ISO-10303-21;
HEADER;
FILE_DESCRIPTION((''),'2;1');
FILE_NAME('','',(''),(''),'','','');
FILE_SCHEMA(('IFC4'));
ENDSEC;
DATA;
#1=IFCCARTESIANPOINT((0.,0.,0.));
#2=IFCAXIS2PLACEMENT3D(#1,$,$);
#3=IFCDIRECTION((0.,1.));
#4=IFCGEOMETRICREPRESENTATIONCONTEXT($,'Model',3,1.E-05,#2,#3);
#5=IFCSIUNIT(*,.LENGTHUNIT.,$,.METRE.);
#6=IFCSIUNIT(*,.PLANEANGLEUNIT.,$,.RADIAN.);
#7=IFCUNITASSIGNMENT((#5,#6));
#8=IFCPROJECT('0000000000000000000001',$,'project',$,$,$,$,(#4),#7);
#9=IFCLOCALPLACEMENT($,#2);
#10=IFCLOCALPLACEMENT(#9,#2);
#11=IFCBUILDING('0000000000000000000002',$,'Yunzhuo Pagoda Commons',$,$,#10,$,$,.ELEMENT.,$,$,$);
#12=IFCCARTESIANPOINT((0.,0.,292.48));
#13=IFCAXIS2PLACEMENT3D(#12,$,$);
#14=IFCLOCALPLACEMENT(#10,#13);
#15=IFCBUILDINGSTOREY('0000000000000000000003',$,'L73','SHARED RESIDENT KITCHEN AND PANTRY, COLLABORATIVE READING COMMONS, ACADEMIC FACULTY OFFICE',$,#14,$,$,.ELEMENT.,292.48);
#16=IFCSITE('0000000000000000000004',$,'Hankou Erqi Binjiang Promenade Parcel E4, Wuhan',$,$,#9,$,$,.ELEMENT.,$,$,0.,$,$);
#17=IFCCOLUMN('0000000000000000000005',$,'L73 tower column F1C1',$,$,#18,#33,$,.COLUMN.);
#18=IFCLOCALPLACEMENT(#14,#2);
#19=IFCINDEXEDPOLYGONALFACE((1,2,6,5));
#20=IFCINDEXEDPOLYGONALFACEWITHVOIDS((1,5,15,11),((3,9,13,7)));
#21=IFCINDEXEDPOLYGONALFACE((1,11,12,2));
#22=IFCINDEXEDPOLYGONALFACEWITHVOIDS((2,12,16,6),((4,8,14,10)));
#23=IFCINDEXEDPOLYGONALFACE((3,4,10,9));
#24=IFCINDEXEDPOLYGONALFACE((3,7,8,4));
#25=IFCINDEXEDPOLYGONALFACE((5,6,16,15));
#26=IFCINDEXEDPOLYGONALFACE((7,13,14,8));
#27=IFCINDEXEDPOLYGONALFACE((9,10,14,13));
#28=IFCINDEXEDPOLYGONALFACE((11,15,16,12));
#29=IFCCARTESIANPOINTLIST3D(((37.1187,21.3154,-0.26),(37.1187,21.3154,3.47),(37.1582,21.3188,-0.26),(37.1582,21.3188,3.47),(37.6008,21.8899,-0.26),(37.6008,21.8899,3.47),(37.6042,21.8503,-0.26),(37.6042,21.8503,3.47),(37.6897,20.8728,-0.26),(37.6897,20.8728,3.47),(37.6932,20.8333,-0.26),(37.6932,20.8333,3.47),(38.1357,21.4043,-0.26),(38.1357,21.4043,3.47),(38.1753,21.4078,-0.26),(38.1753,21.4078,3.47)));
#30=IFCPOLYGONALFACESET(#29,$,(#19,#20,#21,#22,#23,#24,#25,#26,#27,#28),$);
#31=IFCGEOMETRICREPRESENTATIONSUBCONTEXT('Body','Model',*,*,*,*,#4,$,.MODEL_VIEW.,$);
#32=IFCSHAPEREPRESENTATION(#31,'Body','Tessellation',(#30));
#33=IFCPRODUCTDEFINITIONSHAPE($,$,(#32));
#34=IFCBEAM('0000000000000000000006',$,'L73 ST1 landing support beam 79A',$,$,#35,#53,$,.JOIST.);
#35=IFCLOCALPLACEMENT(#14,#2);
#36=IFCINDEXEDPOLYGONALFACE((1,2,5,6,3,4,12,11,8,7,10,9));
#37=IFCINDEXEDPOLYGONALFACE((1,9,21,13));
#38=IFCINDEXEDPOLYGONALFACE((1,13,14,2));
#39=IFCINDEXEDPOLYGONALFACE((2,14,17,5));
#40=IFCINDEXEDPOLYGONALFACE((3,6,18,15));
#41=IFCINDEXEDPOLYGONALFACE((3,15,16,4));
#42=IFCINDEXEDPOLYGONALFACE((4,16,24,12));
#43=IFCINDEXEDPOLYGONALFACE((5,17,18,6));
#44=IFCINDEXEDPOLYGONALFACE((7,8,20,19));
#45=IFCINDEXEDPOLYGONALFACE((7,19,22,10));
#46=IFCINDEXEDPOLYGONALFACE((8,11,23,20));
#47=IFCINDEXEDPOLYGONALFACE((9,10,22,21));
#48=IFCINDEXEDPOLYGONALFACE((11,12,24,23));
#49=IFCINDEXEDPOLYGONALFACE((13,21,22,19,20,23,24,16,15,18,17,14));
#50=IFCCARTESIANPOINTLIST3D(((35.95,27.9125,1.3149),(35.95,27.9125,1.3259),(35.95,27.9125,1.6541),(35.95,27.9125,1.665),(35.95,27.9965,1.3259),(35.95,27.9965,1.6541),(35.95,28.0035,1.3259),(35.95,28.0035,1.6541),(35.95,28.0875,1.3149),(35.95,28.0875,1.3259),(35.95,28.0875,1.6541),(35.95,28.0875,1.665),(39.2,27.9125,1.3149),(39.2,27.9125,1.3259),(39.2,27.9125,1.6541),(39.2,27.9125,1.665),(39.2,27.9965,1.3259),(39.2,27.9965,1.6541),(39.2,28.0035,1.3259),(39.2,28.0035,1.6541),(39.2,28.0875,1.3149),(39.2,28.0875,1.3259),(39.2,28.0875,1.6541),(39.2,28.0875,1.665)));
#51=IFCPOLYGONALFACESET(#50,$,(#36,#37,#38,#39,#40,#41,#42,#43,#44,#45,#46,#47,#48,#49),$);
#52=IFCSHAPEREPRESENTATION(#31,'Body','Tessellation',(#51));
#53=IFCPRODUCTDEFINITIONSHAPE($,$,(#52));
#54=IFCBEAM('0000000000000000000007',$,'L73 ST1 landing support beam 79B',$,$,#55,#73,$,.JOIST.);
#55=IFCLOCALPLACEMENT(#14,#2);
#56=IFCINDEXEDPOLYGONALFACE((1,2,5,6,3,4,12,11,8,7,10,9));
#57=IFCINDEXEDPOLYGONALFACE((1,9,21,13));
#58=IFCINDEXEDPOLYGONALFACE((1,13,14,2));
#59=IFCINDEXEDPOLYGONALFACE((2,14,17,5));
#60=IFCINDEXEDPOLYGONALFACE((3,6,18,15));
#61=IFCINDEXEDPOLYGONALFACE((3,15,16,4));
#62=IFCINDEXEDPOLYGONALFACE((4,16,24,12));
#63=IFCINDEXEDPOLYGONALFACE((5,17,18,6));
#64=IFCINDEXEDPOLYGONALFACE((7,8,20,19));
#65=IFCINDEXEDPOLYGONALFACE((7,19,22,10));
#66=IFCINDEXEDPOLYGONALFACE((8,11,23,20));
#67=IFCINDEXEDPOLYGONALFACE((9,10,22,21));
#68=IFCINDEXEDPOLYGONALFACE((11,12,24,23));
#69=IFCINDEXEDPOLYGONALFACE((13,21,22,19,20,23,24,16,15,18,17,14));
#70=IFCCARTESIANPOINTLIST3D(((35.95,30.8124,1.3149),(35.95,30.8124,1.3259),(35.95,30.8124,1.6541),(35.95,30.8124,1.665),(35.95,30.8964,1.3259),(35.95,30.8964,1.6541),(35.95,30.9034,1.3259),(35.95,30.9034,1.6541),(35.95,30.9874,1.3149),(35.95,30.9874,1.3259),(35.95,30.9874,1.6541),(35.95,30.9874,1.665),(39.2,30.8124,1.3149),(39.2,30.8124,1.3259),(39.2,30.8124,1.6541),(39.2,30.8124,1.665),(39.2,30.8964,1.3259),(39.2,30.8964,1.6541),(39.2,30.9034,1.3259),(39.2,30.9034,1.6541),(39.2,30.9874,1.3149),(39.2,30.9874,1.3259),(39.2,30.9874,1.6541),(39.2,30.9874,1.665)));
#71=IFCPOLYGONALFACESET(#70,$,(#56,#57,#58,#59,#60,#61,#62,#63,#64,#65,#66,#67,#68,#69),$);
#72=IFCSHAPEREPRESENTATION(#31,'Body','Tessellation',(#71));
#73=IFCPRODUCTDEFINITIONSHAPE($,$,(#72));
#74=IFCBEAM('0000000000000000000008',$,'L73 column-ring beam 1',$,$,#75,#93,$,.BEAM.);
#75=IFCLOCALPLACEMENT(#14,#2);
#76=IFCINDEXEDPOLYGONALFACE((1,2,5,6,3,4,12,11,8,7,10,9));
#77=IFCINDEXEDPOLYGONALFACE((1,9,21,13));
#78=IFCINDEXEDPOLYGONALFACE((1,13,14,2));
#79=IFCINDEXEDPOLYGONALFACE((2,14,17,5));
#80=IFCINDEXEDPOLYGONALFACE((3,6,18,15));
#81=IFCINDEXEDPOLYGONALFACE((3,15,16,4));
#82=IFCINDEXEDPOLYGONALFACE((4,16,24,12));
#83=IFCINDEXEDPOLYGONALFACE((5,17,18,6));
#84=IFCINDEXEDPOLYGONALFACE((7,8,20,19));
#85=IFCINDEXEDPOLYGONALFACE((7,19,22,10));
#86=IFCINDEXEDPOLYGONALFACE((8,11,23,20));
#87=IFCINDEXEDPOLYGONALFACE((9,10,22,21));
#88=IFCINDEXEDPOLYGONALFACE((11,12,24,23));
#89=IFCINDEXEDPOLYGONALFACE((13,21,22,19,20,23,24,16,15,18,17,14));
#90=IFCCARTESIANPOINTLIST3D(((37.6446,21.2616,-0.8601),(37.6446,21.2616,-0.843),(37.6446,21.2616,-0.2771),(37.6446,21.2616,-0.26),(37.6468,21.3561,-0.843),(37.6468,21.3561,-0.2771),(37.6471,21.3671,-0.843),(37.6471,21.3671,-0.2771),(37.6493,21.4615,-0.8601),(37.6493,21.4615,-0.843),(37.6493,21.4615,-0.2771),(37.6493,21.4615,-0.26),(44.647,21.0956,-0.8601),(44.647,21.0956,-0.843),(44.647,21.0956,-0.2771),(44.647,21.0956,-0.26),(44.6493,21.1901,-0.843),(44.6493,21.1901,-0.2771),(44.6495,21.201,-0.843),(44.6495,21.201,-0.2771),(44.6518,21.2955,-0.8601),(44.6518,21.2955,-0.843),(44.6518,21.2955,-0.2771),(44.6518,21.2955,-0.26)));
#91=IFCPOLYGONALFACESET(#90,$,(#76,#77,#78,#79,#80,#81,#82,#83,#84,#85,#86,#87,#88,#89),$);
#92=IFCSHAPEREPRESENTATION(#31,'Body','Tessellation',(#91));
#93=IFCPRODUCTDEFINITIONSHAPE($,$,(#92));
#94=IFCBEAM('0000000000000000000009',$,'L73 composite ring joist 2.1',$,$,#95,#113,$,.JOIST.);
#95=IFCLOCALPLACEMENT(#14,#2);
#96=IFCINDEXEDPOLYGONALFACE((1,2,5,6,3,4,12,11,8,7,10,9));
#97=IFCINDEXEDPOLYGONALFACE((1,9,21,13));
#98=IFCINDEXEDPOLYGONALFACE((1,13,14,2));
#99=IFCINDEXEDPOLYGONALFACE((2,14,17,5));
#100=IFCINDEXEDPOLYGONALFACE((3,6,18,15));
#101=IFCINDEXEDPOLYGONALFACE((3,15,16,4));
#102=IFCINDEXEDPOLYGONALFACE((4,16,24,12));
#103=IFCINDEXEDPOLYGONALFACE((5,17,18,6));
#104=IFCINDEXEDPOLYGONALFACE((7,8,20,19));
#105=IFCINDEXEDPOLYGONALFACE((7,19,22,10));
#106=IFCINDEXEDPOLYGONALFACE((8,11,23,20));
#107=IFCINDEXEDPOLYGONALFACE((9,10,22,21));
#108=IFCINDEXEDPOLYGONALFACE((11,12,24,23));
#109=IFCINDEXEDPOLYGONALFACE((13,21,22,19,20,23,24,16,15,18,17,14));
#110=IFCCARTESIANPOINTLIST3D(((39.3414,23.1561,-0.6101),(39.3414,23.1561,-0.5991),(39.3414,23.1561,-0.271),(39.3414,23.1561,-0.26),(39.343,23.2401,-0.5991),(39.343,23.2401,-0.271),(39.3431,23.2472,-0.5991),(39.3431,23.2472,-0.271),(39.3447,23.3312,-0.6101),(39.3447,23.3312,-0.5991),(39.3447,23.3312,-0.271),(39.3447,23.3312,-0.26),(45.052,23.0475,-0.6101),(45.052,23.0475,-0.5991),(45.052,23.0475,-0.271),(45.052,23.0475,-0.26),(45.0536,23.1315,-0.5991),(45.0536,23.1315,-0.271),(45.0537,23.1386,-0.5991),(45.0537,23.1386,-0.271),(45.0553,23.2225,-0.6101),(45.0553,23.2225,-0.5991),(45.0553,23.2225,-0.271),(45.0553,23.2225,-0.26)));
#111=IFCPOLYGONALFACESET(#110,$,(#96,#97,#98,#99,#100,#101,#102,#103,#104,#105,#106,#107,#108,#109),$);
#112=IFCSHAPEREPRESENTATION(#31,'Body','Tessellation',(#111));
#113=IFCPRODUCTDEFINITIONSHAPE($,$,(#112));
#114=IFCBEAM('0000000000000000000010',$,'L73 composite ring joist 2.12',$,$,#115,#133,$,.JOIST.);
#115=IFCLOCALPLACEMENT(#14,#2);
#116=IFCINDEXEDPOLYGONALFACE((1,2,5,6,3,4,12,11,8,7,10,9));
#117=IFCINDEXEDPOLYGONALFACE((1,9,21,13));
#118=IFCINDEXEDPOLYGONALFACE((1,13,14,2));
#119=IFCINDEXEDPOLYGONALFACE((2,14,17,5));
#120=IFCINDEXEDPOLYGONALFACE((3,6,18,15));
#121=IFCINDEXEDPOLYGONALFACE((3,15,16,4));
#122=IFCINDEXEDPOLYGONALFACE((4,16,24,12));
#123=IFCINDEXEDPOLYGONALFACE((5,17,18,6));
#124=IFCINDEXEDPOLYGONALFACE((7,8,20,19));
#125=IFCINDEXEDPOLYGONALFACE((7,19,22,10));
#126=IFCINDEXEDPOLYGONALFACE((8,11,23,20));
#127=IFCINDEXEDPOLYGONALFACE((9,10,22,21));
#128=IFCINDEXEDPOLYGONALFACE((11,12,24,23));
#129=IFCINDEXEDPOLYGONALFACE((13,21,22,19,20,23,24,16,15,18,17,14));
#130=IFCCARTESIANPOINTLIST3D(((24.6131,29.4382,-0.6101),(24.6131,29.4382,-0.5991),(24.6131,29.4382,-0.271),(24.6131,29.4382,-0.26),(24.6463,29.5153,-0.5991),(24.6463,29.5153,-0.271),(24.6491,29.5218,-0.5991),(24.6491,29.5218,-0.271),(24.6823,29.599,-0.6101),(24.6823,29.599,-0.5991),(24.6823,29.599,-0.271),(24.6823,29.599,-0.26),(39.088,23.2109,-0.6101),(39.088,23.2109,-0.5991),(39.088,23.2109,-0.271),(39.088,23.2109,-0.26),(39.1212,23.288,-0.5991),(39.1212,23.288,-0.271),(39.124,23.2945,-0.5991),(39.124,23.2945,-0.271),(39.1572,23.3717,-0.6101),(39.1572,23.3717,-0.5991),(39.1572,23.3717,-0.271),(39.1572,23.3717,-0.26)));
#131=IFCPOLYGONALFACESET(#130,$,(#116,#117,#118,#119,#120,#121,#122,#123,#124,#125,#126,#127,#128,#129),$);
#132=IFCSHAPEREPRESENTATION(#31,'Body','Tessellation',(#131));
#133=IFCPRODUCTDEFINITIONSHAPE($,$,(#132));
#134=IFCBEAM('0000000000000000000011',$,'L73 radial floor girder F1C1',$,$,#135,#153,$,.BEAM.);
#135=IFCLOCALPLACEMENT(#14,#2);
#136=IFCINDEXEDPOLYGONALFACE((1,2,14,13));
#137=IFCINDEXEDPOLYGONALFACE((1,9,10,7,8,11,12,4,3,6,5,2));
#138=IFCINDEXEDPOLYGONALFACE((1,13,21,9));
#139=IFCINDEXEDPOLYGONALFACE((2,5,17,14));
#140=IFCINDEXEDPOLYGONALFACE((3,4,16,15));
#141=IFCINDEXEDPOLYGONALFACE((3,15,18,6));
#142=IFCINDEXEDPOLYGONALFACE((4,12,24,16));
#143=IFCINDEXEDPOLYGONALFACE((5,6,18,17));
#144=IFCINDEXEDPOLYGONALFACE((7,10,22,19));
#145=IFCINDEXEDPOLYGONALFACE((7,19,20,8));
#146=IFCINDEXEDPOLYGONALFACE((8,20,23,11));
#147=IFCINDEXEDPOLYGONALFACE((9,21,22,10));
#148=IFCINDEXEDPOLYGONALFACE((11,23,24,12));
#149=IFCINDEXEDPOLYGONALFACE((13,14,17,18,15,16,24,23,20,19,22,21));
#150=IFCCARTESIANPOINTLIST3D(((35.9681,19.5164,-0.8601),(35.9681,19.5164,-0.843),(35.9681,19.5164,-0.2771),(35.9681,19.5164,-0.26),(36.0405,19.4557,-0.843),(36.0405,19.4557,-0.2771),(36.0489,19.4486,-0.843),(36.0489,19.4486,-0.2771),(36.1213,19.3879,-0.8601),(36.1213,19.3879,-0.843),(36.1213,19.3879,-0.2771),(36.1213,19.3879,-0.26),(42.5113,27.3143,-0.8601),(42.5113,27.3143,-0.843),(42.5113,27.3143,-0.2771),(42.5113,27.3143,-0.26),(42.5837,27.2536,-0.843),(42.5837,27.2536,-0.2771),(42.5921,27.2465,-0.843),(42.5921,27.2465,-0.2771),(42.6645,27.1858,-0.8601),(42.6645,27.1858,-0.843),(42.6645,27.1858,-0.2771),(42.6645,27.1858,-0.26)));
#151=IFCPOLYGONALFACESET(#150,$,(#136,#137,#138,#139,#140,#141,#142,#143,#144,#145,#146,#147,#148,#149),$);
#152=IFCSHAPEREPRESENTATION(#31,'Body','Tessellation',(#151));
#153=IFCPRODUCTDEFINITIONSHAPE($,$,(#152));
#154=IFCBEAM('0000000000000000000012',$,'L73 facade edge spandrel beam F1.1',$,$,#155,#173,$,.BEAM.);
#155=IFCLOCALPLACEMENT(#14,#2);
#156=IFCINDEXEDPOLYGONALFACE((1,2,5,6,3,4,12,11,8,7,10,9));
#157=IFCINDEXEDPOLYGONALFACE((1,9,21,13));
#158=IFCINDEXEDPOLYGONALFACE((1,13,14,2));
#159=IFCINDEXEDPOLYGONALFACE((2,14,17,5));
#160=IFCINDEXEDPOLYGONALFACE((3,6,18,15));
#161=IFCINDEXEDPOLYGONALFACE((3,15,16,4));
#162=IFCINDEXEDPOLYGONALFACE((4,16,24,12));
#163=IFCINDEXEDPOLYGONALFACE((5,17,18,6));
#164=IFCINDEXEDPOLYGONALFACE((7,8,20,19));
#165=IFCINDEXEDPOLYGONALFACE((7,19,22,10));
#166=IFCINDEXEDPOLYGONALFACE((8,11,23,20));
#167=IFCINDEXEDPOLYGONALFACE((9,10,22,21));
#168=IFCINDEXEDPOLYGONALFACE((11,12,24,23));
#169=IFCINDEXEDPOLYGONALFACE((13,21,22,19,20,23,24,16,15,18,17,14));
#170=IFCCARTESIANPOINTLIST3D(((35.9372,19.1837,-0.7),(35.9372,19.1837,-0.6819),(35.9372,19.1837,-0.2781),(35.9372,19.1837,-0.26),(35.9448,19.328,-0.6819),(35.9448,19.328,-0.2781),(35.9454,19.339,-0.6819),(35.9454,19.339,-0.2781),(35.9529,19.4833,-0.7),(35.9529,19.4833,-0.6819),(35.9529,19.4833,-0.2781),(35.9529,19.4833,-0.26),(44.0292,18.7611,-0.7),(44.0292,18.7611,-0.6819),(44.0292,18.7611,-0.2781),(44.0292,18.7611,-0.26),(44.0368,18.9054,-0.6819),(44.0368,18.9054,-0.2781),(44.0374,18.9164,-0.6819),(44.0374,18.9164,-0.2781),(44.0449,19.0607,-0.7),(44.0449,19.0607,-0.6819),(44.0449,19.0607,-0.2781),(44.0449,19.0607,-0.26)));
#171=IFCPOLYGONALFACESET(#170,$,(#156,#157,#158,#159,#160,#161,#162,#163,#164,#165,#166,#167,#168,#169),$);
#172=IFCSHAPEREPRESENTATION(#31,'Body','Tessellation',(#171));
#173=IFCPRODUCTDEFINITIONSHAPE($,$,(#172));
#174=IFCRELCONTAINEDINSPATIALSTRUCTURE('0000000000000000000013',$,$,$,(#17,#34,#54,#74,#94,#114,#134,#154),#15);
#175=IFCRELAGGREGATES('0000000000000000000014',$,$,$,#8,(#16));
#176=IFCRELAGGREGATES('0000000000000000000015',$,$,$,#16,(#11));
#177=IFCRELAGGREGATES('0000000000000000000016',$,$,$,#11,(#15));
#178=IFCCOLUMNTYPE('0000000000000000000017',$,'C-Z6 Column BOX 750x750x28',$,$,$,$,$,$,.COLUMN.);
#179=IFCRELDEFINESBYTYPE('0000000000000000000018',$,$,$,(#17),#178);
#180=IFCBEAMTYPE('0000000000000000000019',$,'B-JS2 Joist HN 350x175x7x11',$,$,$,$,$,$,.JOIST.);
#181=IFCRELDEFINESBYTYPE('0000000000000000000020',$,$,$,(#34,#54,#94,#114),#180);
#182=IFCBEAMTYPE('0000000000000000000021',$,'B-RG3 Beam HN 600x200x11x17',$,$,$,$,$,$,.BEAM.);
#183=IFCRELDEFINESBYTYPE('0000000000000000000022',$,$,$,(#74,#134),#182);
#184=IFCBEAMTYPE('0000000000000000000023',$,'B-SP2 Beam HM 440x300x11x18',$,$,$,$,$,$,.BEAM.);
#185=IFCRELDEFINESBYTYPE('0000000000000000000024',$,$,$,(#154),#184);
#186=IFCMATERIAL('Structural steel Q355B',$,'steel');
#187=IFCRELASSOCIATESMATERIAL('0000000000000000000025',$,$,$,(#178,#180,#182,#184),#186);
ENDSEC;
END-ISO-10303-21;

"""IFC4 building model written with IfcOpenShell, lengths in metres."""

from ifc_helpers import new_model, si_unit, direction, frame, origin, origin_2d, place, context, subcontext, project, spatial, hollow_rectangle, i_section, extrude, source, transform, mapped, material, material_profile, profile_set, type_object, element, save


model = new_model("IFC4")

# Units and contexts
model_context = context("Model", 3, precision=1e-05, world=origin(), true_north=direction((0.0, 1.0)))
body_context = subcontext(model_context, "Body", "Model", "MODEL_VIEW")
ifc_project = project(units=[si_unit("LENGTHUNIT", "METRE"), si_unit("PLANEANGLEUNIT", "RADIAN")], contexts=[model_context])

# Site, building, storey
site_placement = place(None, origin())
site = spatial("IfcSite", under=ifc_project, at=site_placement, Name="Hankou Erqi Binjiang Promenade Parcel E4, Wuhan", CompositionType="ELEMENT", RefElevation=0.0)
building_placement = place(site_placement, origin())
building = spatial("IfcBuilding", under=site, at=building_placement, Name="Yunzhuo Pagoda Commons", CompositionType="ELEMENT")
storey_placement = place(building_placement, frame((0.0, 0.0, 292.48)))
storey = spatial("IfcBuildingStorey", under=building, at=storey_placement, Name="L73", Description="SHARED RESIDENT KITCHEN AND PANTRY, COLLABORATIVE READING COMMONS, ACADEMIC FACULTY OFFICE", CompositionType="ELEMENT", Elevation=292.48)

# Column
ifc_material_1 = material(Name="Structural steel Q355B", Category="steel")
ifc_material_profile_1 = material_profile(ifc_material_1, hollow_rectangle(XDim=0.75, YDim=0.75, WallThickness=0.0281, at=origin_2d()), Name="Structural steel Q355B")
ifc_profile_set_1 = profile_set([ifc_material_profile_1], Name="Structural steel Q355B")
column_type = type_object("IfcColumnType", Name="C-Z6 Column BOX 750x750x28", PredefinedType="COLUMN", material=ifc_profile_set_1)
shared_shape_1 = source(origin(), body_context, "Body", "SweptSolid", [
    extrude(hollow_rectangle(XDim=0.75, YDim=0.75, WallThickness=0.0281, at=origin_2d()), origin(), (0.0, 0.0, 1.0), 3.73),
])
column_placement = place(storey_placement, frame((37.647, 21.3616, -0.26), z_axis=(0.0, 0.0, 1.0), x_axis=(0.766044, -0.642788, 0.0)))
element("IfcColumn", 1, at=column_placement, inside=storey, type_object=column_type, Name="L73 tower column F1C1", PredefinedType="COLUMN", context=body_context, shape_type="MappedRepresentation", body=[
    mapped(shared_shape_1, transform((0.0, 0.0, 0.0), scale=1.0)),
])

# Beams
ifc_material_profile_2 = material_profile(ifc_material_1, i_section(OverallWidth=0.175, OverallDepth=0.3501, WebThickness=0.0071, FlangeThickness=0.011, at=origin_2d()), Name="Structural steel Q355B")
ifc_profile_set_2 = profile_set([ifc_material_profile_2], Name="Structural steel Q355B")
beam_type_1 = type_object("IfcBeamType", Name="B-JS2 Joist HN 350x175x7x11", PredefinedType="JOIST", material=ifc_profile_set_2)
shared_shape_2 = source(origin(), body_context, "Body", "SweptSolid", [
    extrude(i_section(OverallWidth=0.175, OverallDepth=0.3501, WebThickness=0.0071, FlangeThickness=0.011, at=origin_2d()), origin(), (0.0, 0.0, 1.0), 3.25),
])
for number, where, z_axis, x_axis, name in (
    (2, (35.95, 28.0, 1.49), (1.0, 0.0, 0.0), (0.0, 1.0, 0.0), "L73 ST1 landing support beam 79A"),
    (3, (35.95, 30.8999, 1.49), (1.0, 0.0, 0.0), (0.0, 1.0, 0.0), "L73 ST1 landing support beam 79B"),
):
    element("IfcBeam", number, at=place(storey_placement, frame(where, z_axis=z_axis, x_axis=x_axis)), inside=storey, type_object=beam_type_1, Name=name, PredefinedType="JOIST", context=body_context, shape_type="MappedRepresentation", body=[
        mapped(shared_shape_2, transform((0.0, 0.0, 0.0), scale=1.0)),
    ])
ifc_material_profile_3 = material_profile(ifc_material_1, i_section(OverallWidth=0.2, OverallDepth=0.6001, WebThickness=0.011, FlangeThickness=0.0171, at=origin_2d()), Name="Structural steel Q355B")
ifc_profile_set_3 = profile_set([ifc_material_profile_3], Name="Structural steel Q355B")
beam_type_2 = type_object("IfcBeamType", Name="B-RG3 Beam HN 600x200x11x17", PredefinedType="BEAM", material=ifc_profile_set_3)
shared_shape_3 = source(origin(), body_context, "Body", "SweptSolid", [
    extrude(i_section(OverallWidth=0.2, OverallDepth=0.6001, WebThickness=0.011, FlangeThickness=0.0171, at=origin_2d()), origin(), (0.0, 0.0, 1.0), 7.0044),
])
beam_1_placement = place(storey_placement, frame((37.647, 21.3616, -0.5601), z_axis=(0.999719, -0.023702, 0.0), x_axis=(0.023702, 0.999719, 0.0)))
element("IfcBeam", 4, at=beam_1_placement, inside=storey, type_object=beam_type_2, Name="L73 column-ring beam 1", PredefinedType="BEAM", context=body_context, shape_type="MappedRepresentation", body=[
    mapped(shared_shape_3, transform((0.0, 0.0, 0.0), scale=1.0)),
])
shared_shape_4 = source(origin(), body_context, "Body", "SweptSolid", [
    extrude(i_section(OverallWidth=0.175, OverallDepth=0.3501, WebThickness=0.0071, FlangeThickness=0.011, at=origin_2d()), origin(), (0.0, 0.0, 1.0), 5.7117),
])
beam_2_placement = place(storey_placement, frame((39.343, 23.2437, -0.4351), z_axis=(0.999819, -0.019021, 0.0), x_axis=(0.019021, 0.999819, 0.0)))
element("IfcBeam", 5, at=beam_2_placement, inside=storey, type_object=beam_type_1, Name="L73 composite ring joist 2.1", PredefinedType="JOIST", context=body_context, shape_type="MappedRepresentation", body=[
    mapped(shared_shape_4, transform((0.0, 0.0, 0.0), scale=1.0)),
])
shared_shape_5 = source(origin(), body_context, "Body", "SweptSolid", [
    extrude(i_section(OverallWidth=0.175, OverallDepth=0.3501, WebThickness=0.0071, FlangeThickness=0.011, at=origin_2d()), origin(), (0.0, 0.0, 1.0), 15.7576),
])
beam_3_placement = place(storey_placement, frame((24.6477, 29.5186, -0.4351), z_axis=(0.918598, -0.395194, 0.0), x_axis=(0.395194, 0.918598, 0.0)))
element("IfcBeam", 6, at=beam_3_placement, inside=storey, type_object=beam_type_1, Name="L73 composite ring joist 2.12", PredefinedType="JOIST", context=body_context, shape_type="MappedRepresentation", body=[
    mapped(shared_shape_5, transform((0.0, 0.0, 0.0), scale=1.0)),
])
shared_shape_6 = source(origin(), body_context, "Body", "SweptSolid", [
    extrude(i_section(OverallWidth=0.2, OverallDepth=0.6001, WebThickness=0.011, FlangeThickness=0.0171, at=origin_2d()), origin(), (0.0, 0.0, 1.0), 10.1794),
])
beam_4_placement = place(storey_placement, frame((36.0447, 19.4521, -0.5601), z_axis=(0.64279, 0.766043, 0.0), x_axis=(-0.766043, 0.64279, 0.0)))
element("IfcBeam", 7, at=beam_4_placement, inside=storey, type_object=beam_type_2, Name="L73 radial floor girder F1C1", PredefinedType="BEAM", context=body_context, shape_type="MappedRepresentation", body=[
    mapped(shared_shape_6, transform((0.0, 0.0, 0.0), scale=1.0)),
])
ifc_material_profile_4 = material_profile(ifc_material_1, i_section(OverallWidth=0.3, OverallDepth=0.4399, WebThickness=0.011, FlangeThickness=0.0181, at=origin_2d()), Name="Structural steel Q355B")
ifc_profile_set_4 = profile_set([ifc_material_profile_4], Name="Structural steel Q355B")
beam_type_3 = type_object("IfcBeamType", Name="B-SP2 Beam HM 440x300x11x18", PredefinedType="BEAM", material=ifc_profile_set_4)
shared_shape_7 = source(origin(), body_context, "Body", "SweptSolid", [
    extrude(i_section(OverallWidth=0.3, OverallDepth=0.4399, WebThickness=0.011, FlangeThickness=0.0181, at=origin_2d()), origin(), (0.0, 0.0, 1.0), 8.103),
])
beam_5_placement = place(storey_placement, frame((35.9451, 19.3335, -0.48), z_axis=(0.998639, -0.052154, 0.0), x_axis=(0.052154, 0.998639, 0.0)))
element("IfcBeam", 8, at=beam_5_placement, inside=storey, type_object=beam_type_3, Name="L73 facade edge spandrel beam F1.1", PredefinedType="BEAM", context=body_context, shape_type="MappedRepresentation", body=[
    mapped(shared_shape_7, transform((0.0, 0.0, 0.0), scale=1.0)),
])

save(model, "model.ifc")
